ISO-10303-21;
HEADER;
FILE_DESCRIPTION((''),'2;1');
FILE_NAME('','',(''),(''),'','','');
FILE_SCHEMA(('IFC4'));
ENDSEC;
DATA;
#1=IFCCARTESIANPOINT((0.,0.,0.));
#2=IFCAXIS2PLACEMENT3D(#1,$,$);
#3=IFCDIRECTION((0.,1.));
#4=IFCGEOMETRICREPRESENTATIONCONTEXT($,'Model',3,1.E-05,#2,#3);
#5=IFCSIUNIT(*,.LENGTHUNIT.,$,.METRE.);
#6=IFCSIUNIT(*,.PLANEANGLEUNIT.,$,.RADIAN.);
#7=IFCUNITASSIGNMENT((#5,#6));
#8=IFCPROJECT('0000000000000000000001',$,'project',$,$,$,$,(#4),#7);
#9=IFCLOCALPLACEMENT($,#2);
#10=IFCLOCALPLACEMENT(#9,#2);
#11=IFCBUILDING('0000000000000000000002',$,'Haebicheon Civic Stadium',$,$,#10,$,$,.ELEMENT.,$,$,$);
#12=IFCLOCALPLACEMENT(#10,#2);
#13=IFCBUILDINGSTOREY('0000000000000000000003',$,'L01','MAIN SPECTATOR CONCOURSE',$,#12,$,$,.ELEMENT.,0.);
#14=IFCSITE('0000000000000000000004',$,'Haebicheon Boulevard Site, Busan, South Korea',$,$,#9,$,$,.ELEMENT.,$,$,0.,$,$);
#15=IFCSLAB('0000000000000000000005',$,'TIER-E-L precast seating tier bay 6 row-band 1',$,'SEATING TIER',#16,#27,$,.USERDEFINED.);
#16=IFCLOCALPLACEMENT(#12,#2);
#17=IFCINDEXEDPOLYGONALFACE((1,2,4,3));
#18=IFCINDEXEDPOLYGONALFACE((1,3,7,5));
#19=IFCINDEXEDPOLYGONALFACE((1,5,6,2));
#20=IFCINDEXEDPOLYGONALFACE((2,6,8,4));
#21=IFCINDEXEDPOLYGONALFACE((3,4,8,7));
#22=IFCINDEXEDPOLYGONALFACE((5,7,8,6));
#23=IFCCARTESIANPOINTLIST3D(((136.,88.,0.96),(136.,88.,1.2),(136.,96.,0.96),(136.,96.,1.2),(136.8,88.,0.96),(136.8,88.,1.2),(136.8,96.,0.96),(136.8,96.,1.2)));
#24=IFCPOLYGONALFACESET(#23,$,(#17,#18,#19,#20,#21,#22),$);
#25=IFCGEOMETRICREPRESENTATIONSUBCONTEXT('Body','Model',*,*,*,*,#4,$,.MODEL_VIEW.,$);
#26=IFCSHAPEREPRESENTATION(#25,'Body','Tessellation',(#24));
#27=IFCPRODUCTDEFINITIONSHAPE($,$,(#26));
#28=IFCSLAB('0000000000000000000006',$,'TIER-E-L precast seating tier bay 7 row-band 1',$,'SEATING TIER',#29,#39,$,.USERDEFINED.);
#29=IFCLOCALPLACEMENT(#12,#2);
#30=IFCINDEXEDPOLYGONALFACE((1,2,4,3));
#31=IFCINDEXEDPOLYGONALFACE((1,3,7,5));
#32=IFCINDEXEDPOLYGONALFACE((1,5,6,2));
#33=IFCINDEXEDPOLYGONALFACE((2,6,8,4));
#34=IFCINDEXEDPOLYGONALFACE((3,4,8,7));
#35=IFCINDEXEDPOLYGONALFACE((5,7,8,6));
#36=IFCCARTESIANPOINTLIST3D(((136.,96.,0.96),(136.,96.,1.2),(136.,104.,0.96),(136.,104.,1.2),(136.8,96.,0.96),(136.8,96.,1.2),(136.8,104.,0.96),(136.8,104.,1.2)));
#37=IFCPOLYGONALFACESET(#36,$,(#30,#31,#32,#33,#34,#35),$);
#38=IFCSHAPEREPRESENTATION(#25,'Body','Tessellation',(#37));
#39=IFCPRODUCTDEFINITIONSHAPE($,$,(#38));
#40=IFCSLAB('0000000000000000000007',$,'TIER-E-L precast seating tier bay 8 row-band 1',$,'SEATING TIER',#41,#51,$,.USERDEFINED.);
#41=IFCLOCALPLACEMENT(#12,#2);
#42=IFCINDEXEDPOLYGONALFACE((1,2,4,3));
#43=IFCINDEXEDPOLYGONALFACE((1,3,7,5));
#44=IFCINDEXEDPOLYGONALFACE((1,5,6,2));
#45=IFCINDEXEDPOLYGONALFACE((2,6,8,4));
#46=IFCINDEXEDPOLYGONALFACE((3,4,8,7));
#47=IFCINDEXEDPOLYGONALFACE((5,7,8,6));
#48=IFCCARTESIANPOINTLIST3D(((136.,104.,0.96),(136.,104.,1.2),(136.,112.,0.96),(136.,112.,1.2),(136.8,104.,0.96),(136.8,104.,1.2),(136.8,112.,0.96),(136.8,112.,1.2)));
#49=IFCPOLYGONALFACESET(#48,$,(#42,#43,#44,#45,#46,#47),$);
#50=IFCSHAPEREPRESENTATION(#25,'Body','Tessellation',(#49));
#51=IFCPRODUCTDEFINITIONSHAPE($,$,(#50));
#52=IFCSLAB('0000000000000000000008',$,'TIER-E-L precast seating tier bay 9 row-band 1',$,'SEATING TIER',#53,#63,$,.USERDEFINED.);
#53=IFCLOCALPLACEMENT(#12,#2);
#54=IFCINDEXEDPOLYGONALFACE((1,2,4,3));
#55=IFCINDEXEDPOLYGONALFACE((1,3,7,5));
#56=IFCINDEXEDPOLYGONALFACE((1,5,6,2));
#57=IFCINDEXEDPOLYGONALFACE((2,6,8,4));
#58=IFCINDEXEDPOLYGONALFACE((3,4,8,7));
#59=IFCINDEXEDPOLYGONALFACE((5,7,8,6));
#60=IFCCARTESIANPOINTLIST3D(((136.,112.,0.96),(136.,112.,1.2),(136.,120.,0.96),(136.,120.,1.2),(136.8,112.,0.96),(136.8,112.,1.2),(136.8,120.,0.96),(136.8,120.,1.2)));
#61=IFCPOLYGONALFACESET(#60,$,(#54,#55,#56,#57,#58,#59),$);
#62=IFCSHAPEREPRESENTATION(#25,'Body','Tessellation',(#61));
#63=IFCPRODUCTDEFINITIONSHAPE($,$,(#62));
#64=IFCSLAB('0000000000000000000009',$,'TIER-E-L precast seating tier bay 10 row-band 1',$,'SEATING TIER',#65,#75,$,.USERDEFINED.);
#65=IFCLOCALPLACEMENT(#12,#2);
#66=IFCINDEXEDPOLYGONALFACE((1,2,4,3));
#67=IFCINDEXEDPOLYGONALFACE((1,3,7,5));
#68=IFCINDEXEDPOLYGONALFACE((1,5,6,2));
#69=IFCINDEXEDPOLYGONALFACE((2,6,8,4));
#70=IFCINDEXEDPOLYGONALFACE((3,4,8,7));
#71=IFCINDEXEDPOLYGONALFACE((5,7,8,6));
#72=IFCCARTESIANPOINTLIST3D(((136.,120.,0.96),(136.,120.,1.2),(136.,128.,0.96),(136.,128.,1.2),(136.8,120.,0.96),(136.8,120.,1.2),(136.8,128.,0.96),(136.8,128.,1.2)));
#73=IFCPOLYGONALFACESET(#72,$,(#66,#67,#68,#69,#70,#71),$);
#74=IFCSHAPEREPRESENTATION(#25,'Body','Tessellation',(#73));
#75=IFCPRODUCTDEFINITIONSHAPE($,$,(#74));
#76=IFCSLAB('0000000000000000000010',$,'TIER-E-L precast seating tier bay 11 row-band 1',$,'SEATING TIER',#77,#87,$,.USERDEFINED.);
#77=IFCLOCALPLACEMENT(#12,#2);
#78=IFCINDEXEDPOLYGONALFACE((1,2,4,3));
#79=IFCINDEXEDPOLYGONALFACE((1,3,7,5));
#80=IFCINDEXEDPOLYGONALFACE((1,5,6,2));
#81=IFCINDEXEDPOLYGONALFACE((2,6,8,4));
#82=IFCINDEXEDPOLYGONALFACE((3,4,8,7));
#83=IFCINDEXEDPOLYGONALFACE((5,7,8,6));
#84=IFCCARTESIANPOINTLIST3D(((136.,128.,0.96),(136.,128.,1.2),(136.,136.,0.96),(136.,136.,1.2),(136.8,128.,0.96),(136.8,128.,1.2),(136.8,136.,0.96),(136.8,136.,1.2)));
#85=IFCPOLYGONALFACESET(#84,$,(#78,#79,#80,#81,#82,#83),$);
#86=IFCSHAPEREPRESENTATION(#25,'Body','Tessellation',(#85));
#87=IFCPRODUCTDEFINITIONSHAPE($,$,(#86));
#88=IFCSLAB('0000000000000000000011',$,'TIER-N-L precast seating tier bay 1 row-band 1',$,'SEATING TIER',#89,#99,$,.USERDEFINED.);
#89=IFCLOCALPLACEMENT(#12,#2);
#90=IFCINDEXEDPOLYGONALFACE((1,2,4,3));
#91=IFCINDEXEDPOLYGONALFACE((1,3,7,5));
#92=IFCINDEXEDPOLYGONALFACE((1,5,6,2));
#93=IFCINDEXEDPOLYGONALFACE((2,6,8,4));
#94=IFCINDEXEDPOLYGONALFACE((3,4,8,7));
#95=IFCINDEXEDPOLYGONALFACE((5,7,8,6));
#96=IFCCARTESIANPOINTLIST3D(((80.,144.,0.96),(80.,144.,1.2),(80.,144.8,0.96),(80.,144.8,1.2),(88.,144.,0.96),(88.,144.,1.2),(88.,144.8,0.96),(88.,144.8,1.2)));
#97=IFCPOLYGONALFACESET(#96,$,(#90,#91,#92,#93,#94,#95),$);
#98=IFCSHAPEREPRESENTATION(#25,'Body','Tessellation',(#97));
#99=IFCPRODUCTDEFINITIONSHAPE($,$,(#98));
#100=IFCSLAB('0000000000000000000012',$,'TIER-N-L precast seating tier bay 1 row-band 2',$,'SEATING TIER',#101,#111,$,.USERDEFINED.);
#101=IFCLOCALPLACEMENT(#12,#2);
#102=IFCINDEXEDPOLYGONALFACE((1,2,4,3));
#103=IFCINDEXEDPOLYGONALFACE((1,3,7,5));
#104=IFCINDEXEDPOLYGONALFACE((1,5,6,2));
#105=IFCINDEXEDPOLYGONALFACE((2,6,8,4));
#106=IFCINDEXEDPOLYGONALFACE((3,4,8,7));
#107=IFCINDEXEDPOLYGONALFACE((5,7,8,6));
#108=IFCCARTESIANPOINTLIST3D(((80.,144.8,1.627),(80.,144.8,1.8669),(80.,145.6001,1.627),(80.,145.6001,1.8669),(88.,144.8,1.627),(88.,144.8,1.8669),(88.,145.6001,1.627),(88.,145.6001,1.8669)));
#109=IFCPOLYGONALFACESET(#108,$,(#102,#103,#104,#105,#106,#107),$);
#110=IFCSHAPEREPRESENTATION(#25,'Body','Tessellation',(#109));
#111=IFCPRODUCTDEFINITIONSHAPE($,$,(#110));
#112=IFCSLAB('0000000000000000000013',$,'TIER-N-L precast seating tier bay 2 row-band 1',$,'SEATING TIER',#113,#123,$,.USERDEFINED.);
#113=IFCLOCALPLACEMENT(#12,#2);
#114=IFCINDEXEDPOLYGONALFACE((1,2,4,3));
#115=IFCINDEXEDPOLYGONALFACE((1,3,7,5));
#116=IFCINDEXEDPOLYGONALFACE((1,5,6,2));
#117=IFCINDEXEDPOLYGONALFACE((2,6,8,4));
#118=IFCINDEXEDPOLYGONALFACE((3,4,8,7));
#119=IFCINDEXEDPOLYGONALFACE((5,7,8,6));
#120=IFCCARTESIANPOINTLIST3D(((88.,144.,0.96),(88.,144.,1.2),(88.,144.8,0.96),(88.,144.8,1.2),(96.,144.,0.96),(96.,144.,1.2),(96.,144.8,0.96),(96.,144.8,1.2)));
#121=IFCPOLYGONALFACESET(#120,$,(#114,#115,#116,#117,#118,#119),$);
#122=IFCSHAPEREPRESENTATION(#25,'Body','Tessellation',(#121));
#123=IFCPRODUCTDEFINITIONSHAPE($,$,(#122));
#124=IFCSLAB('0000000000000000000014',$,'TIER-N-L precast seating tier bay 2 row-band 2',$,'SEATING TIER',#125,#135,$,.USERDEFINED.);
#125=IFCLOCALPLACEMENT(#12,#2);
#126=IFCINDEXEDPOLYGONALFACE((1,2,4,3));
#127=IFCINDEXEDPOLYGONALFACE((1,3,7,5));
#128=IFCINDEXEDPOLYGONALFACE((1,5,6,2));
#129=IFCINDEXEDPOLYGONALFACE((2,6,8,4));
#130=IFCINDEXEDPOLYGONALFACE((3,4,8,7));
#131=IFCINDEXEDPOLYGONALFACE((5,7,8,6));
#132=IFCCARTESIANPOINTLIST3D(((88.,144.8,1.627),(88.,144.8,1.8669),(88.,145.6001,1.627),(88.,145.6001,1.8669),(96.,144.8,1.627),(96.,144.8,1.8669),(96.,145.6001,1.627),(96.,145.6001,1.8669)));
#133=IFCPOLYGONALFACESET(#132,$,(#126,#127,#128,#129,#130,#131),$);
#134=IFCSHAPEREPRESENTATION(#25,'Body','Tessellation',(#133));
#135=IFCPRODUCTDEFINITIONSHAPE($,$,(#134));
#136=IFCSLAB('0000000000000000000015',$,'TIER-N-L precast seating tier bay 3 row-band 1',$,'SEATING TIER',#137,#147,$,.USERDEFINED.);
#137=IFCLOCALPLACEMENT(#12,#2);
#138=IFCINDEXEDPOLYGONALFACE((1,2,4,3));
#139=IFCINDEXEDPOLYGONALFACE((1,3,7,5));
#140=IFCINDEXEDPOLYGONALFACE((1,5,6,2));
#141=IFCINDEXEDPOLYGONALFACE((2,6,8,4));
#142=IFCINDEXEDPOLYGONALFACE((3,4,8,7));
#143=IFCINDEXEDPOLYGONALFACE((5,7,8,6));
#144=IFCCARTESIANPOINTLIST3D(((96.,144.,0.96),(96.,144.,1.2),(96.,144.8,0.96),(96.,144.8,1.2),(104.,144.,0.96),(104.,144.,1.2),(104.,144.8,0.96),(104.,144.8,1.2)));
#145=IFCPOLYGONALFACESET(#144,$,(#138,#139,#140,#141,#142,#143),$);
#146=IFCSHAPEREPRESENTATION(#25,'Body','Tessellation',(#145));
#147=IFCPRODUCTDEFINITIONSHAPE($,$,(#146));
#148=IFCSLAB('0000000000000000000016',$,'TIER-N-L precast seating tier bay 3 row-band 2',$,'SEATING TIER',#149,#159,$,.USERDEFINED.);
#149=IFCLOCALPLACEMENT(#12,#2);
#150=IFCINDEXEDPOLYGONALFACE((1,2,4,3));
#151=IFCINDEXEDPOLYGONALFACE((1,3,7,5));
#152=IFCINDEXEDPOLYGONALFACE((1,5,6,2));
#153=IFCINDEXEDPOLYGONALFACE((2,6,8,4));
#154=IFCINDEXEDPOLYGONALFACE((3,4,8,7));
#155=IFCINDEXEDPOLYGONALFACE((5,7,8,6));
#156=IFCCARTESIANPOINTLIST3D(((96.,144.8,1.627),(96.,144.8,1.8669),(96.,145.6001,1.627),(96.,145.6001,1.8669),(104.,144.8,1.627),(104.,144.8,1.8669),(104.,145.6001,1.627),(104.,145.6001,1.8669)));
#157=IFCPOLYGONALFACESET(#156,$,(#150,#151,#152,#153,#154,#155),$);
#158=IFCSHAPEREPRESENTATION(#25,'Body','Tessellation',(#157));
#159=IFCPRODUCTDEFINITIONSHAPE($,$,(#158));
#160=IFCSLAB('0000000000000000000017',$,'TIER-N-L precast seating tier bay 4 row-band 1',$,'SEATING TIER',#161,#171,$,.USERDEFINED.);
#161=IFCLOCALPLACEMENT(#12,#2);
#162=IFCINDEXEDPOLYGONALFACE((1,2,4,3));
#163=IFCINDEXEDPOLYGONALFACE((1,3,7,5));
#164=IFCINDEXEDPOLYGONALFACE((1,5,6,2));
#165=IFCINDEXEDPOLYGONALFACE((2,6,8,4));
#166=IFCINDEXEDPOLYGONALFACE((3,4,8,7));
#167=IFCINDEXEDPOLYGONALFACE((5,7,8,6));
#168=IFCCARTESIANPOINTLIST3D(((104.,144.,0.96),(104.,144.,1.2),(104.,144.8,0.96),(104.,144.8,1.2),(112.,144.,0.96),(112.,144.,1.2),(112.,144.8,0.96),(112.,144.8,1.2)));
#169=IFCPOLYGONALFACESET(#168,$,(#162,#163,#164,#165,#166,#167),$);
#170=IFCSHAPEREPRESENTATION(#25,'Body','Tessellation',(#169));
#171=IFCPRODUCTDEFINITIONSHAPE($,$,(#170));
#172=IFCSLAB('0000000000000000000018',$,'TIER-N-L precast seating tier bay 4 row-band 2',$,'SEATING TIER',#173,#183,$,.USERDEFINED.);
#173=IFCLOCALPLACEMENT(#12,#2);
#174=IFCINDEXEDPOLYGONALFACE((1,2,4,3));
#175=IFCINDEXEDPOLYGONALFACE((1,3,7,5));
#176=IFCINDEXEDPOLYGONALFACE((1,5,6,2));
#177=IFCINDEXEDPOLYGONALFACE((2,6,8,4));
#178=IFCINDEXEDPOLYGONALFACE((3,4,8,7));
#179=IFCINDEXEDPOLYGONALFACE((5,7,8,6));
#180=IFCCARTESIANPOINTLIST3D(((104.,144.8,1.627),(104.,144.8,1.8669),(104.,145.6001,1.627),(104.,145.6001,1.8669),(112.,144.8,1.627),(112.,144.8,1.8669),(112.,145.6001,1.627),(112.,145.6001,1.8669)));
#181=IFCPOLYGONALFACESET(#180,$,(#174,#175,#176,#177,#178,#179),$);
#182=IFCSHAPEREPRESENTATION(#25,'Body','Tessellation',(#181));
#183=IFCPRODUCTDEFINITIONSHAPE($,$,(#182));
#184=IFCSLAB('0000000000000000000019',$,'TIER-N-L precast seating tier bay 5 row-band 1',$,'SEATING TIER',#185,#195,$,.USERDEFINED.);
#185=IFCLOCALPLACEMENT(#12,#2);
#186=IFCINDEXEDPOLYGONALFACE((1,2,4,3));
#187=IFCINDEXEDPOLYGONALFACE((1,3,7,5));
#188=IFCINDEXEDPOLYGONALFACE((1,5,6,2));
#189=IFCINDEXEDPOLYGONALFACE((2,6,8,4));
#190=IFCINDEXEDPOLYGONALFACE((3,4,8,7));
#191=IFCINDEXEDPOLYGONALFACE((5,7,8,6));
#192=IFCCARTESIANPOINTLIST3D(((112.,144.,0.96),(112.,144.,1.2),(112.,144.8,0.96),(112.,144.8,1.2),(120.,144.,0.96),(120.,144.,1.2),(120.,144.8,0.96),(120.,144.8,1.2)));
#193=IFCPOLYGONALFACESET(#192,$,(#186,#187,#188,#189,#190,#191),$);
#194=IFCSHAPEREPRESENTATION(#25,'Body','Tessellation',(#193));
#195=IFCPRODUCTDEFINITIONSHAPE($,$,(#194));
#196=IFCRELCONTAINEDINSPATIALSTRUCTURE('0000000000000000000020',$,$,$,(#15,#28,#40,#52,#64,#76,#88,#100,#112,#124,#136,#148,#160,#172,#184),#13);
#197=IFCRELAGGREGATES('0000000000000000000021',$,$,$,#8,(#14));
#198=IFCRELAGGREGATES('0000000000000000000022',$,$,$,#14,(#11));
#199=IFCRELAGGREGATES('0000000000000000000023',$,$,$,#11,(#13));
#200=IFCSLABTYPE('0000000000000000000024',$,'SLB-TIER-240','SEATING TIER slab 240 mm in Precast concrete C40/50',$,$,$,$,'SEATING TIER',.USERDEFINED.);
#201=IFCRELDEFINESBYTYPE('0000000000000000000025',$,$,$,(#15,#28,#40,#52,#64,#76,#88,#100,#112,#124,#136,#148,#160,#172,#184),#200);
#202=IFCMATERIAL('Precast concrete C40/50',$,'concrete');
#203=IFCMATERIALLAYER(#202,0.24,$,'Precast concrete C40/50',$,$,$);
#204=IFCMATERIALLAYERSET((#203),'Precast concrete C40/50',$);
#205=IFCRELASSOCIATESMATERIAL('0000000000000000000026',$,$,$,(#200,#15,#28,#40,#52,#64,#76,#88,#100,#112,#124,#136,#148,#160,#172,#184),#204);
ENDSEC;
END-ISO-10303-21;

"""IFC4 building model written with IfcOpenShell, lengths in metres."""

from ifc_helpers import new_model, si_unit, direction, frame, origin, place, context, subcontext, project, spatial, polyline, outline, extrude, material, layer, layer_set, type_object, element, save


model = new_model("IFC4")

# Units and contexts
model_context = context("Model", 3, precision=1e-05, world=origin(), true_north=direction((0.0, 1.0)))
body_context = subcontext(model_context, "Body", "Model", "MODEL_VIEW")
ifc_project = project(units=[si_unit("LENGTHUNIT", "METRE"), si_unit("PLANEANGLEUNIT", "RADIAN")], contexts=[model_context])

# Site, building, storey
site_placement = place(None, origin())
site = spatial("IfcSite", under=ifc_project, at=site_placement, Name="Haebicheon Boulevard Site, Busan, South Korea", CompositionType="ELEMENT", RefElevation=0.0)
building_placement = place(site_placement, origin())
building = spatial("IfcBuilding", under=site, at=building_placement, Name="Haebicheon Civic Stadium", CompositionType="ELEMENT")
storey_placement = place(building_placement, origin())
storey = spatial("IfcBuildingStorey", under=building, at=storey_placement, Name="L01", Description="MAIN SPECTATOR CONCOURSE", CompositionType="ELEMENT", Elevation=0.0)

# Slabs
ifc_material = material(Name="Precast concrete C40/50", Category="concrete")
ifc_layer = layer(ifc_material, 0.24, Name="Precast concrete C40/50")
ifc_layer_set = layer_set([ifc_layer], Name="Precast concrete C40/50")
slab_type = type_object("IfcSlabType", Name="SLB-TIER-240", Description="SEATING TIER slab 240 mm in Precast concrete C40/50", ElementType="SEATING TIER", PredefinedType="USERDEFINED", material=ifc_layer_set)
slab_1_placement = place(storey_placement, frame((0.0, 0.0, 0.96)))
element("IfcSlab", 1, at=slab_1_placement, inside=storey, type_object=slab_type, material=ifc_layer_set, Name="TIER-E-L precast seating tier bay 6 row-band 1", ObjectType="SEATING TIER", PredefinedType="USERDEFINED", context=body_context, shape_type="SweptSolid", body=[
    extrude(outline(polyline([(136.0, 88.0), (136.8, 88.0), (136.8, 96.0), (136.0, 96.0), (136.0, 88.0)])), origin(), (0.0, 0.0, 1.0), 0.24),
])
slab_2_placement = place(storey_placement, frame((0.0, 0.0, 0.96)))
element("IfcSlab", 2, at=slab_2_placement, inside=storey, type_object=slab_type, material=ifc_layer_set, Name="TIER-E-L precast seating tier bay 7 row-band 1", ObjectType="SEATING TIER", PredefinedType="USERDEFINED", context=body_context, shape_type="SweptSolid", body=[
    extrude(outline(polyline([(136.0, 96.0), (136.8, 96.0), (136.8, 104.0), (136.0, 104.0), (136.0, 96.0)])), origin(), (0.0, 0.0, 1.0), 0.24),
])
slab_3_placement = place(storey_placement, frame((0.0, 0.0, 0.96)))
element("IfcSlab", 3, at=slab_3_placement, inside=storey, type_object=slab_type, material=ifc_layer_set, Name="TIER-E-L precast seating tier bay 8 row-band 1", ObjectType="SEATING TIER", PredefinedType="USERDEFINED", context=body_context, shape_type="SweptSolid", body=[
    extrude(outline(polyline([(136.0, 104.0), (136.8, 104.0), (136.8, 112.0), (136.0, 112.0), (136.0, 104.0)])), origin(), (0.0, 0.0, 1.0), 0.24),
])
slab_4_placement = place(storey_placement, frame((0.0, 0.0, 0.96)))
element("IfcSlab", 4, at=slab_4_placement, inside=storey, type_object=slab_type, material=ifc_layer_set, Name="TIER-E-L precast seating tier bay 9 row-band 1", ObjectType="SEATING TIER", PredefinedType="USERDEFINED", context=body_context, shape_type="SweptSolid", body=[
    extrude(outline(polyline([(136.0, 112.0), (136.8, 112.0), (136.8, 120.0), (136.0, 120.0), (136.0, 112.0)])), origin(), (0.0, 0.0, 1.0), 0.24),
])
slab_5_placement = place(storey_placement, frame((0.0, 0.0, 0.96)))
element("IfcSlab", 5, at=slab_5_placement, inside=storey, type_object=slab_type, material=ifc_layer_set, Name="TIER-E-L precast seating tier bay 10 row-band 1", ObjectType="SEATING TIER", PredefinedType="USERDEFINED", context=body_context, shape_type="SweptSolid", body=[
    extrude(outline(polyline([(136.0, 120.0), (136.8, 120.0), (136.8, 128.0), (136.0, 128.0), (136.0, 120.0)])), origin(), (0.0, 0.0, 1.0), 0.24),
])
slab_6_placement = place(storey_placement, frame((0.0, 0.0, 0.96)))
element("IfcSlab", 6, at=slab_6_placement, inside=storey, type_object=slab_type, material=ifc_layer_set, Name="TIER-E-L precast seating tier bay 11 row-band 1", ObjectType="SEATING TIER", PredefinedType="USERDEFINED", context=body_context, shape_type="SweptSolid", body=[
    extrude(outline(polyline([(136.0, 128.0), (136.8, 128.0), (136.8, 136.0), (136.0, 136.0), (136.0, 128.0)])), origin(), (0.0, 0.0, 1.0), 0.24),
])
slab_7_placement = place(storey_placement, frame((0.0, 0.0, 0.96)))
element("IfcSlab", 7, at=slab_7_placement, inside=storey, type_object=slab_type, material=ifc_layer_set, Name="TIER-N-L precast seating tier bay 1 row-band 1", ObjectType="SEATING TIER", PredefinedType="USERDEFINED", context=body_context, shape_type="SweptSolid", body=[
    extrude(outline(polyline([(80.0, 144.0), (88.0, 144.0), (88.0, 144.8), (80.0, 144.8), (80.0, 144.0)])), origin(), (0.0, 0.0, 1.0), 0.24),
])
slab_8_placement = place(storey_placement, frame((0.0, 0.0, 1.627)))
element("IfcSlab", 8, at=slab_8_placement, inside=storey, type_object=slab_type, material=ifc_layer_set, Name="TIER-N-L precast seating tier bay 1 row-band 2", ObjectType="SEATING TIER", PredefinedType="USERDEFINED", context=body_context, shape_type="SweptSolid", body=[
    extrude(outline(polyline([(80.0, 144.8), (88.0, 144.8), (88.0, 145.6001), (80.0, 145.6001), (80.0, 144.8)])), origin(), (0.0, 0.0, 1.0), 0.24),
])
slab_9_placement = place(storey_placement, frame((0.0, 0.0, 0.96)))
element("IfcSlab", 9, at=slab_9_placement, inside=storey, type_object=slab_type, material=ifc_layer_set, Name="TIER-N-L precast seating tier bay 2 row-band 1", ObjectType="SEATING TIER", PredefinedType="USERDEFINED", context=body_context, shape_type="SweptSolid", body=[
    extrude(outline(polyline([(88.0, 144.0), (96.0, 144.0), (96.0, 144.8), (88.0, 144.8), (88.0, 144.0)])), origin(), (0.0, 0.0, 1.0), 0.24),
])
slab_10_placement = place(storey_placement, frame((0.0, 0.0, 1.627)))
element("IfcSlab", 10, at=slab_10_placement, inside=storey, type_object=slab_type, material=ifc_layer_set, Name="TIER-N-L precast seating tier bay 2 row-band 2", ObjectType="SEATING TIER", PredefinedType="USERDEFINED", context=body_context, shape_type="SweptSolid", body=[
    extrude(outline(polyline([(88.0, 144.8), (96.0, 144.8), (96.0, 145.6001), (88.0, 145.6001), (88.0, 144.8)])), origin(), (0.0, 0.0, 1.0), 0.24),
])
slab_11_placement = place(storey_placement, frame((0.0, 0.0, 0.96)))
element("IfcSlab", 11, at=slab_11_placement, inside=storey, type_object=slab_type, material=ifc_layer_set, Name="TIER-N-L precast seating tier bay 3 row-band 1", ObjectType="SEATING TIER", PredefinedType="USERDEFINED", context=body_context, shape_type="SweptSolid", body=[
    extrude(outline(polyline([(96.0, 144.0), (104.0, 144.0), (104.0, 144.8), (96.0, 144.8), (96.0, 144.0)])), origin(), (0.0, 0.0, 1.0), 0.24),
])
slab_12_placement = place(storey_placement, frame((0.0, 0.0, 1.627)))
element("IfcSlab", 12, at=slab_12_placement, inside=storey, type_object=slab_type, material=ifc_layer_set, Name="TIER-N-L precast seating tier bay 3 row-band 2", ObjectType="SEATING TIER", PredefinedType="USERDEFINED", context=body_context, shape_type="SweptSolid", body=[
    extrude(outline(polyline([(96.0, 144.8), (104.0, 144.8), (104.0, 145.6001), (96.0, 145.6001), (96.0, 144.8)])), origin(), (0.0, 0.0, 1.0), 0.24),
])
slab_13_placement = place(storey_placement, frame((0.0, 0.0, 0.96)))
element("IfcSlab", 13, at=slab_13_placement, inside=storey, type_object=slab_type, material=ifc_layer_set, Name="TIER-N-L precast seating tier bay 4 row-band 1", ObjectType="SEATING TIER", PredefinedType="USERDEFINED", context=body_context, shape_type="SweptSolid", body=[
    extrude(outline(polyline([(104.0, 144.0), (112.0, 144.0), (112.0, 144.8), (104.0, 144.8), (104.0, 144.0)])), origin(), (0.0, 0.0, 1.0), 0.24),
])
slab_14_placement = place(storey_placement, frame((0.0, 0.0, 1.627)))
element("IfcSlab", 14, at=slab_14_placement, inside=storey, type_object=slab_type, material=ifc_layer_set, Name="TIER-N-L precast seating tier bay 4 row-band 2", ObjectType="SEATING TIER", PredefinedType="USERDEFINED", context=body_context, shape_type="SweptSolid", body=[
    extrude(outline(polyline([(104.0, 144.8), (112.0, 144.8), (112.0, 145.6001), (104.0, 145.6001), (104.0, 144.8)])), origin(), (0.0, 0.0, 1.0), 0.24),
])
slab_15_placement = place(storey_placement, frame((0.0, 0.0, 0.96)))
element("IfcSlab", 15, at=slab_15_placement, inside=storey, type_object=slab_type, material=ifc_layer_set, Name="TIER-N-L precast seating tier bay 5 row-band 1", ObjectType="SEATING TIER", PredefinedType="USERDEFINED", context=body_context, shape_type="SweptSolid", body=[
    extrude(outline(polyline([(112.0, 144.0), (120.0, 144.0), (120.0, 144.8), (112.0, 144.8), (112.0, 144.0)])), origin(), (0.0, 0.0, 1.0), 0.24),
])

save(model, "model.ifc")
